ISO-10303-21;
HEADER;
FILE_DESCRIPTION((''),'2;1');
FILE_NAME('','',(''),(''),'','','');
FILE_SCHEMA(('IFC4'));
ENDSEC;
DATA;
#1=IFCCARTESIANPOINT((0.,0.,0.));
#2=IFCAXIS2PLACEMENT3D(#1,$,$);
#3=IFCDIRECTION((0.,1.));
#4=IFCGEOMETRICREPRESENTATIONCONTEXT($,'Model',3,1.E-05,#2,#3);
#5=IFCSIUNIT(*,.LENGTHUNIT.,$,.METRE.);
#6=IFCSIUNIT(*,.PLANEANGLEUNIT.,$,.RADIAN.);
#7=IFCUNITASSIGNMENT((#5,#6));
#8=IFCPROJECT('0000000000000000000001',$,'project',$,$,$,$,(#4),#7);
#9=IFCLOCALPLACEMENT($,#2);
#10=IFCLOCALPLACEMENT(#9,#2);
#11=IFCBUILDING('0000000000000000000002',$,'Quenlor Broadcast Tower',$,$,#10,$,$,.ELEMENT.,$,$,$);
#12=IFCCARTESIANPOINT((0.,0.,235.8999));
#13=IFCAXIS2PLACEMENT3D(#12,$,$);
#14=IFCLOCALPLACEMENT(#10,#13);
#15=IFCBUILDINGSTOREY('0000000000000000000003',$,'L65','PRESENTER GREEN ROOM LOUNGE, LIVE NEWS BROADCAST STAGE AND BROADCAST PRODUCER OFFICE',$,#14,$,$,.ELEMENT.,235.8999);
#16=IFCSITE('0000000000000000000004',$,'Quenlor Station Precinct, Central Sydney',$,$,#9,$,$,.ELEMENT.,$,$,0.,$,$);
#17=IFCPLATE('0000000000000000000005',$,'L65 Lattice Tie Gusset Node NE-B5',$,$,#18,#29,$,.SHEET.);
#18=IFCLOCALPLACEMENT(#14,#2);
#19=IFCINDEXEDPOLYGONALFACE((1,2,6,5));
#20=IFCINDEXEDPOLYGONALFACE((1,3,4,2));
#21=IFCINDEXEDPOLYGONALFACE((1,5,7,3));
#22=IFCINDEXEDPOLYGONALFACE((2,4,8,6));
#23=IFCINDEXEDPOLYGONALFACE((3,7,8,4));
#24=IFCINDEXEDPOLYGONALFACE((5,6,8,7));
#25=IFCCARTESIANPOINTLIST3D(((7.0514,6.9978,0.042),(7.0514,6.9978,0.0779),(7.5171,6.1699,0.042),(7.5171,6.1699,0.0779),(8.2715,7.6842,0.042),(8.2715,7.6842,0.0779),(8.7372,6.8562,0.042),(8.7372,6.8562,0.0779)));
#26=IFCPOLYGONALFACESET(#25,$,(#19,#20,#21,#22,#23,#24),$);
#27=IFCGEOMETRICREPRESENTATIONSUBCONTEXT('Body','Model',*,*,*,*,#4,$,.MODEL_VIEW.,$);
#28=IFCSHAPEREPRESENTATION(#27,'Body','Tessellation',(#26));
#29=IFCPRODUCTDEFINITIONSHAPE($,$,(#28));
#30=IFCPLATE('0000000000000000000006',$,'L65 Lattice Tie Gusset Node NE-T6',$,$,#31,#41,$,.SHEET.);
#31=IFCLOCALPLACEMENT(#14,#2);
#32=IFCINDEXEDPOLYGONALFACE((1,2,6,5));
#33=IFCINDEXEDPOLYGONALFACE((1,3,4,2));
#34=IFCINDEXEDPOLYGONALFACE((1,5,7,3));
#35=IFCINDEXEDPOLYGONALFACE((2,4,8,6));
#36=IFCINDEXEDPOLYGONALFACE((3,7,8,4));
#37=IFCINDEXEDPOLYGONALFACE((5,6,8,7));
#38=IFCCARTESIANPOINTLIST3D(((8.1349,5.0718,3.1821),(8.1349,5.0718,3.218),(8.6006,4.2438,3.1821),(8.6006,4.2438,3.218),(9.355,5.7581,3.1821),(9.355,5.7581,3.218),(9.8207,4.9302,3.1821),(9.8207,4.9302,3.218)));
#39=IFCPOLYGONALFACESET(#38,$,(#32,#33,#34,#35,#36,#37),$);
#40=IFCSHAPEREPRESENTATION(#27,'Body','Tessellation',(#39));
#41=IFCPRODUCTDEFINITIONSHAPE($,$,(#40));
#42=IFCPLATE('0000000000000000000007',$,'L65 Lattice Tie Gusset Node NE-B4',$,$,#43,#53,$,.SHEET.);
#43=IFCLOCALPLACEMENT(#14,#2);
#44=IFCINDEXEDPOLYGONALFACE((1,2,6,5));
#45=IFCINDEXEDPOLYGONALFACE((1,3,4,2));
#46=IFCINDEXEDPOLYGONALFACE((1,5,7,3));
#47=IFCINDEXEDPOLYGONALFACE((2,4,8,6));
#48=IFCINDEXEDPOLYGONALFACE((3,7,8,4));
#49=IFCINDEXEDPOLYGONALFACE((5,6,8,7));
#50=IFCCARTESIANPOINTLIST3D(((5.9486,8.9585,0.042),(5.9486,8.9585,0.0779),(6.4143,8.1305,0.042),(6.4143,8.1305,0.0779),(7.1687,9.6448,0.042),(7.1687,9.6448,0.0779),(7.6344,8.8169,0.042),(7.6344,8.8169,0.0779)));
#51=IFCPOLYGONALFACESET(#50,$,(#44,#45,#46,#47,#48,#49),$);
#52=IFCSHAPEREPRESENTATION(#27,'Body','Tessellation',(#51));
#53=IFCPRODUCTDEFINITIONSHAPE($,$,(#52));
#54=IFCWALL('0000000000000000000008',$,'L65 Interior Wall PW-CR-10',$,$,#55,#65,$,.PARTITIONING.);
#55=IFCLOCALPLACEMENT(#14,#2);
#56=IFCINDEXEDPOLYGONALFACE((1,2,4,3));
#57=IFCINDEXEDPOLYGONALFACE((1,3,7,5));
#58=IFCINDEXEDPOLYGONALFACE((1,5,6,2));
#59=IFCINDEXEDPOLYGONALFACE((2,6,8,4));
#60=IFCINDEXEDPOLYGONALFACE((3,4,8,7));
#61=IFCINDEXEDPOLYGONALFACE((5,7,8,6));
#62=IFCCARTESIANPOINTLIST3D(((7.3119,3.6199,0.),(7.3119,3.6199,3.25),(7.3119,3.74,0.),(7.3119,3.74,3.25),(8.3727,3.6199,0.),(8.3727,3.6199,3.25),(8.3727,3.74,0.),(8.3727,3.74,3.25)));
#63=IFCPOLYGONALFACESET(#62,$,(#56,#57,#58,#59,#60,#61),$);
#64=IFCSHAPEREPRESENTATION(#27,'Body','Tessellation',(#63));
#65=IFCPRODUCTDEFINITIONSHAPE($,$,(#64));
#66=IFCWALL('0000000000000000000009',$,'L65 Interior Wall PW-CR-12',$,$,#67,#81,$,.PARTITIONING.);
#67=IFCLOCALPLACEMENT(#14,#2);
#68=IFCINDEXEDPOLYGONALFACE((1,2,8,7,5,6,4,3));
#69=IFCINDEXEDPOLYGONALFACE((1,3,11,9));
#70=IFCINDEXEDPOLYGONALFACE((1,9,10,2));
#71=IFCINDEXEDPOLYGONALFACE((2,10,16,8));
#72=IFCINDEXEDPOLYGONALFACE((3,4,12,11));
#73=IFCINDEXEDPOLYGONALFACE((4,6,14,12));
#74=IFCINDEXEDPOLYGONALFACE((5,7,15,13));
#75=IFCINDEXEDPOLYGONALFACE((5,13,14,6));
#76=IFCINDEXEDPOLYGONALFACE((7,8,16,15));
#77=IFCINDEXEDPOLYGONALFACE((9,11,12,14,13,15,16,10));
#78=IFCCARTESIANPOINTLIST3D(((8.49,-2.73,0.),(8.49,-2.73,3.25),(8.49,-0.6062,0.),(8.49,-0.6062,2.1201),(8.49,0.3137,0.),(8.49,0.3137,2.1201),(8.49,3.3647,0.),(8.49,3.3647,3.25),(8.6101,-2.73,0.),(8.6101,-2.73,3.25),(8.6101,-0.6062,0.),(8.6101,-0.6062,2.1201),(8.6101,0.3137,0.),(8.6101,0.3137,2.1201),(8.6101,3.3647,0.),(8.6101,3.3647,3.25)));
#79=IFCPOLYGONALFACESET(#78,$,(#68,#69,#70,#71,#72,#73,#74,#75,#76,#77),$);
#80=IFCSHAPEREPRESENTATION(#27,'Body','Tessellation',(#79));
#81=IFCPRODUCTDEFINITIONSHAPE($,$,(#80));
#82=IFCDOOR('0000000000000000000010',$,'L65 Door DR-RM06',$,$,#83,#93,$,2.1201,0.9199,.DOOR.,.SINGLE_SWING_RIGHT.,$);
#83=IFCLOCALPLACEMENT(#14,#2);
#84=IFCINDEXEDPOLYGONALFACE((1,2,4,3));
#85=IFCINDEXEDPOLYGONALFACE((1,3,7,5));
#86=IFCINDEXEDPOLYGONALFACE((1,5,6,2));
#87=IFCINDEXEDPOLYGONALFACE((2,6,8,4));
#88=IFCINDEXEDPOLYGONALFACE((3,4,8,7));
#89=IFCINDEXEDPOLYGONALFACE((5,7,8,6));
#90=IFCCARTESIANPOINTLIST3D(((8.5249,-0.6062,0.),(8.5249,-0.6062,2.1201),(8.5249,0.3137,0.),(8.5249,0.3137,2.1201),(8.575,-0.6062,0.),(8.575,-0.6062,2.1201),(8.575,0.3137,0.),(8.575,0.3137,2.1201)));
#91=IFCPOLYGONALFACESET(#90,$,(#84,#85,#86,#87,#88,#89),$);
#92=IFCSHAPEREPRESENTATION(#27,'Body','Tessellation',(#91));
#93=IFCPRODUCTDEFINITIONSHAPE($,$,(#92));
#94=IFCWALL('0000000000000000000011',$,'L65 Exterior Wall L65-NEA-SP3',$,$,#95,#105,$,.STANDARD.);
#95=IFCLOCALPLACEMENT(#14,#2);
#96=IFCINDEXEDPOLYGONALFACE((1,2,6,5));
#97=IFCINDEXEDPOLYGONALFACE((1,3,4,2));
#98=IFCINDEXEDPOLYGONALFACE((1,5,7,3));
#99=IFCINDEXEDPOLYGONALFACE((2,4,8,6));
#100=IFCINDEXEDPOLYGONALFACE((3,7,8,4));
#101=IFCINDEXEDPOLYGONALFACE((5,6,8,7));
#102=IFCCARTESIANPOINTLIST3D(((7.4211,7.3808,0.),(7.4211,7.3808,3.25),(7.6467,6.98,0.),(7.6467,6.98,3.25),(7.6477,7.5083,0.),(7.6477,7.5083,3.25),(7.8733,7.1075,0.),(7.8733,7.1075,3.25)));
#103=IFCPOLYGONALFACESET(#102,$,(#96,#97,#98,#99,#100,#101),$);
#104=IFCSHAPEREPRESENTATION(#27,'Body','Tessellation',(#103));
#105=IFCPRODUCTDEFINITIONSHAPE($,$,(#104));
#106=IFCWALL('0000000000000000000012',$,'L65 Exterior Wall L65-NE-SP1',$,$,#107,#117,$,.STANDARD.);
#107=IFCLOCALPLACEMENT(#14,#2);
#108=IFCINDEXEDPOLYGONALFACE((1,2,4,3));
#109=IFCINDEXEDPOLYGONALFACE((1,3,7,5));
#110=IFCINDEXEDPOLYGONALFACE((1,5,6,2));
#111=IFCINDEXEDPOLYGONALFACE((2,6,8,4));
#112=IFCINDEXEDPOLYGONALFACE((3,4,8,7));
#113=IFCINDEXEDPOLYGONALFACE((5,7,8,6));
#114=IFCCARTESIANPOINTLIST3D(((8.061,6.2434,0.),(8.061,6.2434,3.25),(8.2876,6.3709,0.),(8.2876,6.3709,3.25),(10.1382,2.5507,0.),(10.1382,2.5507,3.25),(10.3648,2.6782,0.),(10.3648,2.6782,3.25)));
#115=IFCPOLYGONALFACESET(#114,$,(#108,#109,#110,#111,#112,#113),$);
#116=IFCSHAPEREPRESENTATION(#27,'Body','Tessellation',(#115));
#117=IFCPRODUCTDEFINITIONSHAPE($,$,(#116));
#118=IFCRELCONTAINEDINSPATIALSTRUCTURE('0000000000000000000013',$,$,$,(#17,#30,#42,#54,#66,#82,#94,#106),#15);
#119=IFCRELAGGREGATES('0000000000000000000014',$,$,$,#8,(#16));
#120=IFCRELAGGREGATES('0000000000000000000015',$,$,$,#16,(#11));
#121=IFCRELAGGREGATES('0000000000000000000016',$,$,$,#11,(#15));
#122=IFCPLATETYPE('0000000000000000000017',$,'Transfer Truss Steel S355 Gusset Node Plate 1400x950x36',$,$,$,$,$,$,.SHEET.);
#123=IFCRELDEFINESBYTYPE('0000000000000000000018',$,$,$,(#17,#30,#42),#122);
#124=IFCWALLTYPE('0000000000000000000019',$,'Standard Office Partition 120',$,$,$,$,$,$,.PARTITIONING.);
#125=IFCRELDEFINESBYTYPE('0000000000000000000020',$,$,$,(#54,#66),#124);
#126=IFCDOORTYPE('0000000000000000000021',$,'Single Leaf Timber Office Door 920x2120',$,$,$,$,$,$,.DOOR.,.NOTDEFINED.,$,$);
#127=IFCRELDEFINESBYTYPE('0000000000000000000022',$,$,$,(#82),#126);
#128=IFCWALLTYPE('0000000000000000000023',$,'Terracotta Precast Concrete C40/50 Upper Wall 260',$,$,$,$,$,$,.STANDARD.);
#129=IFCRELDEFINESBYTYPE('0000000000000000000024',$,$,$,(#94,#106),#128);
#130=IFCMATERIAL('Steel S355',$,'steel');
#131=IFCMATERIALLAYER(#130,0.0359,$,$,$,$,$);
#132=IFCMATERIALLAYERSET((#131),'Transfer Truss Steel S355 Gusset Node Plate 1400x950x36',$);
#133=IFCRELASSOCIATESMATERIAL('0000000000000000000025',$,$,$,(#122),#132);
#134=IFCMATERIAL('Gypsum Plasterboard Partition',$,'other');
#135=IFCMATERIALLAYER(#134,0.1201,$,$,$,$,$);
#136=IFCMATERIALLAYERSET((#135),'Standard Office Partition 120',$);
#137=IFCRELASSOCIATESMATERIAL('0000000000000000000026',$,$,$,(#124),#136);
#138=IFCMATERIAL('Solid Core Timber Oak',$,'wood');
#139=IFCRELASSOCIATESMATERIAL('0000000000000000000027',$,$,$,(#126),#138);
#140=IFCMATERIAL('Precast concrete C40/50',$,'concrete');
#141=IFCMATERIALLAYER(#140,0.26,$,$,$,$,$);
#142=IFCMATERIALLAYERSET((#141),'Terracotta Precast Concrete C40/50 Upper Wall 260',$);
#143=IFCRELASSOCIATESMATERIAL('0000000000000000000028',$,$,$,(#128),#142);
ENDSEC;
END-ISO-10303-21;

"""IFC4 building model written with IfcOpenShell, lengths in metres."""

from ifc_helpers import new_model, si_unit, direction, frame, frame_2d, origin, origin_2d, place, context, subcontext, project, spatial, rectangle, extrude, material, layer, layer_set, type_object, element, fill, save


model = new_model("IFC4")

# Units and contexts
model_context = context("Model", 3, precision=1e-05, world=origin(), true_north=direction((0.0, 1.0)))
body_context = subcontext(model_context, "Body", "Model", "MODEL_VIEW")
ifc_project = project(units=[si_unit("LENGTHUNIT", "METRE"), si_unit("PLANEANGLEUNIT", "RADIAN")], contexts=[model_context])

# Site, building, storey
site_placement = place(None, origin())
site = spatial("IfcSite", under=ifc_project, at=site_placement, Name="Quenlor Station Precinct, Central Sydney", CompositionType="ELEMENT", RefElevation=0.0)
building_placement = place(site_placement, origin())
building = spatial("IfcBuilding", under=site, at=building_placement, Name="Quenlor Broadcast Tower", CompositionType="ELEMENT")
storey_placement = place(building_placement, frame((0.0, 0.0, 235.8999)))
storey = spatial("IfcBuildingStorey", under=building, at=storey_placement, Name="L65", Description="PRESENTER GREEN ROOM LOUNGE, LIVE NEWS BROADCAST STAGE AND BROADCAST PRODUCER OFFICE", CompositionType="ELEMENT", Elevation=235.8999)

# Plates
ifc_material_1 = material(Name="Steel S355", Category="steel")
ifc_layer_1 = layer(ifc_material_1, 0.0359)
ifc_layer_set_1 = layer_set([ifc_layer_1], Name="Transfer Truss Steel S355 Gusset Node Plate 1400x950x36")
plate_type_1 = type_object("IfcPlateType", Name="Transfer Truss Steel S355 Gusset Node Plate 1400x950x36", PredefinedType="SHEET", material=ifc_layer_set_1)
for number, where, z_axis, x_axis, name in (
    (1, (7.8943, 6.927, 0.042), (0.0, 0.0, 1.0), (0.871556, 0.490295, 0.0), "L65 Lattice Tie Gusset Node NE-B5"),
    (2, (8.9778, 5.001, 3.1821), (0.0, 0.0, 1.0), (0.871556, 0.490295, 0.0), "L65 Lattice Tie Gusset Node NE-T6"),
    (3, (6.7915, 8.8877, 0.042), (0.0, 0.0, 1.0), (0.871556, 0.490295, 0.0), "L65 Lattice Tie Gusset Node NE-B4"),
):
    element("IfcPlate", number, at=place(storey_placement, frame(where, z_axis=z_axis, x_axis=x_axis)), inside=storey, type_object=plate_type_1, Name=name, PredefinedType="SHEET", context=body_context, shape_type="SweptSolid", body=[
        extrude(rectangle(XDim=1.3999, YDim=0.95, at=origin_2d()), origin(), (0.0, 0.0, 1.0), 0.0359),
    ])

# Wall
ifc_material_2 = material(Name="Gypsum Plasterboard Partition", Category="other")
ifc_layer_2 = layer(ifc_material_2, 0.1201)
ifc_layer_set_2 = layer_set([ifc_layer_2], Name="Standard Office Partition 120")
wall_type_1 = type_object("IfcWallType", Name="Standard Office Partition 120", PredefinedType="PARTITIONING", material=ifc_layer_set_2)
wall_1_placement = place(storey_placement, frame((7.312, 3.6799, 0.0), z_axis=(0.0, 0.0, 1.0), x_axis=(1.0, 0.0, 0.0)))
element("IfcWall", 4, at=wall_1_placement, inside=storey, type_object=wall_type_1, Name="L65 Interior Wall PW-CR-10", PredefinedType="PARTITIONING", context=body_context, shape_type="SweptSolid", body=[
    extrude(rectangle(XDim=1.0608, YDim=0.1201, at=frame_2d((0.5303, 0.0))), origin(), (0.0, 0.0, 1.0), 3.25),
])

# Wall, opening, door
wall_2_placement = place(storey_placement, frame((8.55, 3.3647, 0.0), z_axis=(0.0, 0.0, 1.0), x_axis=(0.0, -1.0, 0.0)))
wall_2 = element("IfcWall", 5, at=wall_2_placement, inside=storey, type_object=wall_type_1, Name="L65 Interior Wall PW-CR-12", PredefinedType="PARTITIONING", context=body_context, shape_type="SweptSolid", body=[
    extrude(rectangle(XDim=6.0947, YDim=0.1201, at=frame_2d((3.0474, 0.0))), origin(), (0.0, 0.0, 1.0), 3.25),
])
opening_placement = place(wall_2_placement, frame((3.051, 0.0, 0.0)))
opening = element("IfcOpeningElement", 6, at=opening_placement, cuts=wall_2, PredefinedType="OPENING", context=body_context, shape_type="SweptSolid", body=[
    extrude(rectangle(XDim=0.9199, YDim=2.1201, at=frame_2d((0.46, 1.0601))), frame((0.0, 0.0701, 0.0), z_axis=(0.0, -1.0, 0.0), x_axis=(1.0, 0.0, 0.0)), (0.0, 0.0, 1.0), 0.1401),
])
ifc_material_3 = material(Name="Solid Core Timber Oak", Category="wood")
door_type = type_object("IfcDoorType", Name="Single Leaf Timber Office Door 920x2120", OperationType="NOTDEFINED", PredefinedType="DOOR", material=ifc_material_3)
door_placement = place(opening_placement, origin())
door = element("IfcDoor", 7, at=door_placement, inside=storey, type_object=door_type, Name="L65 Door DR-RM06", OperationType="SINGLE_SWING_RIGHT", OverallHeight=2.1201, OverallWidth=0.9199, PredefinedType="DOOR", context=body_context, shape_type="SweptSolid", body=[
    extrude(rectangle(XDim=0.9199, YDim=2.1201, at=frame_2d((0.46, 1.0601))), frame((0.0, 0.0249, 0.0), z_axis=(0.0, -1.0, 0.0), x_axis=(1.0, 0.0, 0.0)), (0.0, 0.0, 1.0), 0.05),
])
fill(opening, door)

# Walls
ifc_material_4 = material(Name="Precast concrete C40/50", Category="concrete")
ifc_layer_3 = layer(ifc_material_4, 0.26)
ifc_layer_set_3 = layer_set([ifc_layer_3], Name="Terracotta Precast Concrete C40/50 Upper Wall 260")
wall_type_2 = type_object("IfcWallType", Name="Terracotta Precast Concrete C40/50 Upper Wall 260", PredefinedType="STANDARD", material=ifc_layer_set_3)
wall_3_placement = place(storey_placement, frame((7.5344, 7.4446, 0.0), z_axis=(0.0, 0.0, 1.0), x_axis=(0.490412, -0.87149, 0.0)))
element("IfcWall", 8, at=wall_3_placement, inside=storey, type_object=wall_type_2, Name="L65 Exterior Wall L65-NEA-SP3", PredefinedType="STANDARD", context=body_context, shape_type="SweptSolid", body=[
    extrude(rectangle(XDim=0.46, YDim=0.26, at=frame_2d((0.23, 0.0))), origin(), (0.0, 0.0, 1.0), 3.25),
])
wall_4_placement = place(storey_placement, frame((8.1743, 6.3071, 0.0), z_axis=(0.0, 0.0, 1.0), x_axis=(0.490269, -0.871571, 0.0)))
element("IfcWall", 9, at=wall_4_placement, inside=storey, type_object=wall_type_2, Name="L65 Exterior Wall L65-NE-SP1", PredefinedType="STANDARD", context=body_context, shape_type="SweptSolid", body=[
    extrude(rectangle(XDim=4.2368, YDim=0.26, at=frame_2d((2.1184, 0.0))), origin(), (0.0, 0.0, 1.0), 3.25),
])

save(model, "model.ifc")
